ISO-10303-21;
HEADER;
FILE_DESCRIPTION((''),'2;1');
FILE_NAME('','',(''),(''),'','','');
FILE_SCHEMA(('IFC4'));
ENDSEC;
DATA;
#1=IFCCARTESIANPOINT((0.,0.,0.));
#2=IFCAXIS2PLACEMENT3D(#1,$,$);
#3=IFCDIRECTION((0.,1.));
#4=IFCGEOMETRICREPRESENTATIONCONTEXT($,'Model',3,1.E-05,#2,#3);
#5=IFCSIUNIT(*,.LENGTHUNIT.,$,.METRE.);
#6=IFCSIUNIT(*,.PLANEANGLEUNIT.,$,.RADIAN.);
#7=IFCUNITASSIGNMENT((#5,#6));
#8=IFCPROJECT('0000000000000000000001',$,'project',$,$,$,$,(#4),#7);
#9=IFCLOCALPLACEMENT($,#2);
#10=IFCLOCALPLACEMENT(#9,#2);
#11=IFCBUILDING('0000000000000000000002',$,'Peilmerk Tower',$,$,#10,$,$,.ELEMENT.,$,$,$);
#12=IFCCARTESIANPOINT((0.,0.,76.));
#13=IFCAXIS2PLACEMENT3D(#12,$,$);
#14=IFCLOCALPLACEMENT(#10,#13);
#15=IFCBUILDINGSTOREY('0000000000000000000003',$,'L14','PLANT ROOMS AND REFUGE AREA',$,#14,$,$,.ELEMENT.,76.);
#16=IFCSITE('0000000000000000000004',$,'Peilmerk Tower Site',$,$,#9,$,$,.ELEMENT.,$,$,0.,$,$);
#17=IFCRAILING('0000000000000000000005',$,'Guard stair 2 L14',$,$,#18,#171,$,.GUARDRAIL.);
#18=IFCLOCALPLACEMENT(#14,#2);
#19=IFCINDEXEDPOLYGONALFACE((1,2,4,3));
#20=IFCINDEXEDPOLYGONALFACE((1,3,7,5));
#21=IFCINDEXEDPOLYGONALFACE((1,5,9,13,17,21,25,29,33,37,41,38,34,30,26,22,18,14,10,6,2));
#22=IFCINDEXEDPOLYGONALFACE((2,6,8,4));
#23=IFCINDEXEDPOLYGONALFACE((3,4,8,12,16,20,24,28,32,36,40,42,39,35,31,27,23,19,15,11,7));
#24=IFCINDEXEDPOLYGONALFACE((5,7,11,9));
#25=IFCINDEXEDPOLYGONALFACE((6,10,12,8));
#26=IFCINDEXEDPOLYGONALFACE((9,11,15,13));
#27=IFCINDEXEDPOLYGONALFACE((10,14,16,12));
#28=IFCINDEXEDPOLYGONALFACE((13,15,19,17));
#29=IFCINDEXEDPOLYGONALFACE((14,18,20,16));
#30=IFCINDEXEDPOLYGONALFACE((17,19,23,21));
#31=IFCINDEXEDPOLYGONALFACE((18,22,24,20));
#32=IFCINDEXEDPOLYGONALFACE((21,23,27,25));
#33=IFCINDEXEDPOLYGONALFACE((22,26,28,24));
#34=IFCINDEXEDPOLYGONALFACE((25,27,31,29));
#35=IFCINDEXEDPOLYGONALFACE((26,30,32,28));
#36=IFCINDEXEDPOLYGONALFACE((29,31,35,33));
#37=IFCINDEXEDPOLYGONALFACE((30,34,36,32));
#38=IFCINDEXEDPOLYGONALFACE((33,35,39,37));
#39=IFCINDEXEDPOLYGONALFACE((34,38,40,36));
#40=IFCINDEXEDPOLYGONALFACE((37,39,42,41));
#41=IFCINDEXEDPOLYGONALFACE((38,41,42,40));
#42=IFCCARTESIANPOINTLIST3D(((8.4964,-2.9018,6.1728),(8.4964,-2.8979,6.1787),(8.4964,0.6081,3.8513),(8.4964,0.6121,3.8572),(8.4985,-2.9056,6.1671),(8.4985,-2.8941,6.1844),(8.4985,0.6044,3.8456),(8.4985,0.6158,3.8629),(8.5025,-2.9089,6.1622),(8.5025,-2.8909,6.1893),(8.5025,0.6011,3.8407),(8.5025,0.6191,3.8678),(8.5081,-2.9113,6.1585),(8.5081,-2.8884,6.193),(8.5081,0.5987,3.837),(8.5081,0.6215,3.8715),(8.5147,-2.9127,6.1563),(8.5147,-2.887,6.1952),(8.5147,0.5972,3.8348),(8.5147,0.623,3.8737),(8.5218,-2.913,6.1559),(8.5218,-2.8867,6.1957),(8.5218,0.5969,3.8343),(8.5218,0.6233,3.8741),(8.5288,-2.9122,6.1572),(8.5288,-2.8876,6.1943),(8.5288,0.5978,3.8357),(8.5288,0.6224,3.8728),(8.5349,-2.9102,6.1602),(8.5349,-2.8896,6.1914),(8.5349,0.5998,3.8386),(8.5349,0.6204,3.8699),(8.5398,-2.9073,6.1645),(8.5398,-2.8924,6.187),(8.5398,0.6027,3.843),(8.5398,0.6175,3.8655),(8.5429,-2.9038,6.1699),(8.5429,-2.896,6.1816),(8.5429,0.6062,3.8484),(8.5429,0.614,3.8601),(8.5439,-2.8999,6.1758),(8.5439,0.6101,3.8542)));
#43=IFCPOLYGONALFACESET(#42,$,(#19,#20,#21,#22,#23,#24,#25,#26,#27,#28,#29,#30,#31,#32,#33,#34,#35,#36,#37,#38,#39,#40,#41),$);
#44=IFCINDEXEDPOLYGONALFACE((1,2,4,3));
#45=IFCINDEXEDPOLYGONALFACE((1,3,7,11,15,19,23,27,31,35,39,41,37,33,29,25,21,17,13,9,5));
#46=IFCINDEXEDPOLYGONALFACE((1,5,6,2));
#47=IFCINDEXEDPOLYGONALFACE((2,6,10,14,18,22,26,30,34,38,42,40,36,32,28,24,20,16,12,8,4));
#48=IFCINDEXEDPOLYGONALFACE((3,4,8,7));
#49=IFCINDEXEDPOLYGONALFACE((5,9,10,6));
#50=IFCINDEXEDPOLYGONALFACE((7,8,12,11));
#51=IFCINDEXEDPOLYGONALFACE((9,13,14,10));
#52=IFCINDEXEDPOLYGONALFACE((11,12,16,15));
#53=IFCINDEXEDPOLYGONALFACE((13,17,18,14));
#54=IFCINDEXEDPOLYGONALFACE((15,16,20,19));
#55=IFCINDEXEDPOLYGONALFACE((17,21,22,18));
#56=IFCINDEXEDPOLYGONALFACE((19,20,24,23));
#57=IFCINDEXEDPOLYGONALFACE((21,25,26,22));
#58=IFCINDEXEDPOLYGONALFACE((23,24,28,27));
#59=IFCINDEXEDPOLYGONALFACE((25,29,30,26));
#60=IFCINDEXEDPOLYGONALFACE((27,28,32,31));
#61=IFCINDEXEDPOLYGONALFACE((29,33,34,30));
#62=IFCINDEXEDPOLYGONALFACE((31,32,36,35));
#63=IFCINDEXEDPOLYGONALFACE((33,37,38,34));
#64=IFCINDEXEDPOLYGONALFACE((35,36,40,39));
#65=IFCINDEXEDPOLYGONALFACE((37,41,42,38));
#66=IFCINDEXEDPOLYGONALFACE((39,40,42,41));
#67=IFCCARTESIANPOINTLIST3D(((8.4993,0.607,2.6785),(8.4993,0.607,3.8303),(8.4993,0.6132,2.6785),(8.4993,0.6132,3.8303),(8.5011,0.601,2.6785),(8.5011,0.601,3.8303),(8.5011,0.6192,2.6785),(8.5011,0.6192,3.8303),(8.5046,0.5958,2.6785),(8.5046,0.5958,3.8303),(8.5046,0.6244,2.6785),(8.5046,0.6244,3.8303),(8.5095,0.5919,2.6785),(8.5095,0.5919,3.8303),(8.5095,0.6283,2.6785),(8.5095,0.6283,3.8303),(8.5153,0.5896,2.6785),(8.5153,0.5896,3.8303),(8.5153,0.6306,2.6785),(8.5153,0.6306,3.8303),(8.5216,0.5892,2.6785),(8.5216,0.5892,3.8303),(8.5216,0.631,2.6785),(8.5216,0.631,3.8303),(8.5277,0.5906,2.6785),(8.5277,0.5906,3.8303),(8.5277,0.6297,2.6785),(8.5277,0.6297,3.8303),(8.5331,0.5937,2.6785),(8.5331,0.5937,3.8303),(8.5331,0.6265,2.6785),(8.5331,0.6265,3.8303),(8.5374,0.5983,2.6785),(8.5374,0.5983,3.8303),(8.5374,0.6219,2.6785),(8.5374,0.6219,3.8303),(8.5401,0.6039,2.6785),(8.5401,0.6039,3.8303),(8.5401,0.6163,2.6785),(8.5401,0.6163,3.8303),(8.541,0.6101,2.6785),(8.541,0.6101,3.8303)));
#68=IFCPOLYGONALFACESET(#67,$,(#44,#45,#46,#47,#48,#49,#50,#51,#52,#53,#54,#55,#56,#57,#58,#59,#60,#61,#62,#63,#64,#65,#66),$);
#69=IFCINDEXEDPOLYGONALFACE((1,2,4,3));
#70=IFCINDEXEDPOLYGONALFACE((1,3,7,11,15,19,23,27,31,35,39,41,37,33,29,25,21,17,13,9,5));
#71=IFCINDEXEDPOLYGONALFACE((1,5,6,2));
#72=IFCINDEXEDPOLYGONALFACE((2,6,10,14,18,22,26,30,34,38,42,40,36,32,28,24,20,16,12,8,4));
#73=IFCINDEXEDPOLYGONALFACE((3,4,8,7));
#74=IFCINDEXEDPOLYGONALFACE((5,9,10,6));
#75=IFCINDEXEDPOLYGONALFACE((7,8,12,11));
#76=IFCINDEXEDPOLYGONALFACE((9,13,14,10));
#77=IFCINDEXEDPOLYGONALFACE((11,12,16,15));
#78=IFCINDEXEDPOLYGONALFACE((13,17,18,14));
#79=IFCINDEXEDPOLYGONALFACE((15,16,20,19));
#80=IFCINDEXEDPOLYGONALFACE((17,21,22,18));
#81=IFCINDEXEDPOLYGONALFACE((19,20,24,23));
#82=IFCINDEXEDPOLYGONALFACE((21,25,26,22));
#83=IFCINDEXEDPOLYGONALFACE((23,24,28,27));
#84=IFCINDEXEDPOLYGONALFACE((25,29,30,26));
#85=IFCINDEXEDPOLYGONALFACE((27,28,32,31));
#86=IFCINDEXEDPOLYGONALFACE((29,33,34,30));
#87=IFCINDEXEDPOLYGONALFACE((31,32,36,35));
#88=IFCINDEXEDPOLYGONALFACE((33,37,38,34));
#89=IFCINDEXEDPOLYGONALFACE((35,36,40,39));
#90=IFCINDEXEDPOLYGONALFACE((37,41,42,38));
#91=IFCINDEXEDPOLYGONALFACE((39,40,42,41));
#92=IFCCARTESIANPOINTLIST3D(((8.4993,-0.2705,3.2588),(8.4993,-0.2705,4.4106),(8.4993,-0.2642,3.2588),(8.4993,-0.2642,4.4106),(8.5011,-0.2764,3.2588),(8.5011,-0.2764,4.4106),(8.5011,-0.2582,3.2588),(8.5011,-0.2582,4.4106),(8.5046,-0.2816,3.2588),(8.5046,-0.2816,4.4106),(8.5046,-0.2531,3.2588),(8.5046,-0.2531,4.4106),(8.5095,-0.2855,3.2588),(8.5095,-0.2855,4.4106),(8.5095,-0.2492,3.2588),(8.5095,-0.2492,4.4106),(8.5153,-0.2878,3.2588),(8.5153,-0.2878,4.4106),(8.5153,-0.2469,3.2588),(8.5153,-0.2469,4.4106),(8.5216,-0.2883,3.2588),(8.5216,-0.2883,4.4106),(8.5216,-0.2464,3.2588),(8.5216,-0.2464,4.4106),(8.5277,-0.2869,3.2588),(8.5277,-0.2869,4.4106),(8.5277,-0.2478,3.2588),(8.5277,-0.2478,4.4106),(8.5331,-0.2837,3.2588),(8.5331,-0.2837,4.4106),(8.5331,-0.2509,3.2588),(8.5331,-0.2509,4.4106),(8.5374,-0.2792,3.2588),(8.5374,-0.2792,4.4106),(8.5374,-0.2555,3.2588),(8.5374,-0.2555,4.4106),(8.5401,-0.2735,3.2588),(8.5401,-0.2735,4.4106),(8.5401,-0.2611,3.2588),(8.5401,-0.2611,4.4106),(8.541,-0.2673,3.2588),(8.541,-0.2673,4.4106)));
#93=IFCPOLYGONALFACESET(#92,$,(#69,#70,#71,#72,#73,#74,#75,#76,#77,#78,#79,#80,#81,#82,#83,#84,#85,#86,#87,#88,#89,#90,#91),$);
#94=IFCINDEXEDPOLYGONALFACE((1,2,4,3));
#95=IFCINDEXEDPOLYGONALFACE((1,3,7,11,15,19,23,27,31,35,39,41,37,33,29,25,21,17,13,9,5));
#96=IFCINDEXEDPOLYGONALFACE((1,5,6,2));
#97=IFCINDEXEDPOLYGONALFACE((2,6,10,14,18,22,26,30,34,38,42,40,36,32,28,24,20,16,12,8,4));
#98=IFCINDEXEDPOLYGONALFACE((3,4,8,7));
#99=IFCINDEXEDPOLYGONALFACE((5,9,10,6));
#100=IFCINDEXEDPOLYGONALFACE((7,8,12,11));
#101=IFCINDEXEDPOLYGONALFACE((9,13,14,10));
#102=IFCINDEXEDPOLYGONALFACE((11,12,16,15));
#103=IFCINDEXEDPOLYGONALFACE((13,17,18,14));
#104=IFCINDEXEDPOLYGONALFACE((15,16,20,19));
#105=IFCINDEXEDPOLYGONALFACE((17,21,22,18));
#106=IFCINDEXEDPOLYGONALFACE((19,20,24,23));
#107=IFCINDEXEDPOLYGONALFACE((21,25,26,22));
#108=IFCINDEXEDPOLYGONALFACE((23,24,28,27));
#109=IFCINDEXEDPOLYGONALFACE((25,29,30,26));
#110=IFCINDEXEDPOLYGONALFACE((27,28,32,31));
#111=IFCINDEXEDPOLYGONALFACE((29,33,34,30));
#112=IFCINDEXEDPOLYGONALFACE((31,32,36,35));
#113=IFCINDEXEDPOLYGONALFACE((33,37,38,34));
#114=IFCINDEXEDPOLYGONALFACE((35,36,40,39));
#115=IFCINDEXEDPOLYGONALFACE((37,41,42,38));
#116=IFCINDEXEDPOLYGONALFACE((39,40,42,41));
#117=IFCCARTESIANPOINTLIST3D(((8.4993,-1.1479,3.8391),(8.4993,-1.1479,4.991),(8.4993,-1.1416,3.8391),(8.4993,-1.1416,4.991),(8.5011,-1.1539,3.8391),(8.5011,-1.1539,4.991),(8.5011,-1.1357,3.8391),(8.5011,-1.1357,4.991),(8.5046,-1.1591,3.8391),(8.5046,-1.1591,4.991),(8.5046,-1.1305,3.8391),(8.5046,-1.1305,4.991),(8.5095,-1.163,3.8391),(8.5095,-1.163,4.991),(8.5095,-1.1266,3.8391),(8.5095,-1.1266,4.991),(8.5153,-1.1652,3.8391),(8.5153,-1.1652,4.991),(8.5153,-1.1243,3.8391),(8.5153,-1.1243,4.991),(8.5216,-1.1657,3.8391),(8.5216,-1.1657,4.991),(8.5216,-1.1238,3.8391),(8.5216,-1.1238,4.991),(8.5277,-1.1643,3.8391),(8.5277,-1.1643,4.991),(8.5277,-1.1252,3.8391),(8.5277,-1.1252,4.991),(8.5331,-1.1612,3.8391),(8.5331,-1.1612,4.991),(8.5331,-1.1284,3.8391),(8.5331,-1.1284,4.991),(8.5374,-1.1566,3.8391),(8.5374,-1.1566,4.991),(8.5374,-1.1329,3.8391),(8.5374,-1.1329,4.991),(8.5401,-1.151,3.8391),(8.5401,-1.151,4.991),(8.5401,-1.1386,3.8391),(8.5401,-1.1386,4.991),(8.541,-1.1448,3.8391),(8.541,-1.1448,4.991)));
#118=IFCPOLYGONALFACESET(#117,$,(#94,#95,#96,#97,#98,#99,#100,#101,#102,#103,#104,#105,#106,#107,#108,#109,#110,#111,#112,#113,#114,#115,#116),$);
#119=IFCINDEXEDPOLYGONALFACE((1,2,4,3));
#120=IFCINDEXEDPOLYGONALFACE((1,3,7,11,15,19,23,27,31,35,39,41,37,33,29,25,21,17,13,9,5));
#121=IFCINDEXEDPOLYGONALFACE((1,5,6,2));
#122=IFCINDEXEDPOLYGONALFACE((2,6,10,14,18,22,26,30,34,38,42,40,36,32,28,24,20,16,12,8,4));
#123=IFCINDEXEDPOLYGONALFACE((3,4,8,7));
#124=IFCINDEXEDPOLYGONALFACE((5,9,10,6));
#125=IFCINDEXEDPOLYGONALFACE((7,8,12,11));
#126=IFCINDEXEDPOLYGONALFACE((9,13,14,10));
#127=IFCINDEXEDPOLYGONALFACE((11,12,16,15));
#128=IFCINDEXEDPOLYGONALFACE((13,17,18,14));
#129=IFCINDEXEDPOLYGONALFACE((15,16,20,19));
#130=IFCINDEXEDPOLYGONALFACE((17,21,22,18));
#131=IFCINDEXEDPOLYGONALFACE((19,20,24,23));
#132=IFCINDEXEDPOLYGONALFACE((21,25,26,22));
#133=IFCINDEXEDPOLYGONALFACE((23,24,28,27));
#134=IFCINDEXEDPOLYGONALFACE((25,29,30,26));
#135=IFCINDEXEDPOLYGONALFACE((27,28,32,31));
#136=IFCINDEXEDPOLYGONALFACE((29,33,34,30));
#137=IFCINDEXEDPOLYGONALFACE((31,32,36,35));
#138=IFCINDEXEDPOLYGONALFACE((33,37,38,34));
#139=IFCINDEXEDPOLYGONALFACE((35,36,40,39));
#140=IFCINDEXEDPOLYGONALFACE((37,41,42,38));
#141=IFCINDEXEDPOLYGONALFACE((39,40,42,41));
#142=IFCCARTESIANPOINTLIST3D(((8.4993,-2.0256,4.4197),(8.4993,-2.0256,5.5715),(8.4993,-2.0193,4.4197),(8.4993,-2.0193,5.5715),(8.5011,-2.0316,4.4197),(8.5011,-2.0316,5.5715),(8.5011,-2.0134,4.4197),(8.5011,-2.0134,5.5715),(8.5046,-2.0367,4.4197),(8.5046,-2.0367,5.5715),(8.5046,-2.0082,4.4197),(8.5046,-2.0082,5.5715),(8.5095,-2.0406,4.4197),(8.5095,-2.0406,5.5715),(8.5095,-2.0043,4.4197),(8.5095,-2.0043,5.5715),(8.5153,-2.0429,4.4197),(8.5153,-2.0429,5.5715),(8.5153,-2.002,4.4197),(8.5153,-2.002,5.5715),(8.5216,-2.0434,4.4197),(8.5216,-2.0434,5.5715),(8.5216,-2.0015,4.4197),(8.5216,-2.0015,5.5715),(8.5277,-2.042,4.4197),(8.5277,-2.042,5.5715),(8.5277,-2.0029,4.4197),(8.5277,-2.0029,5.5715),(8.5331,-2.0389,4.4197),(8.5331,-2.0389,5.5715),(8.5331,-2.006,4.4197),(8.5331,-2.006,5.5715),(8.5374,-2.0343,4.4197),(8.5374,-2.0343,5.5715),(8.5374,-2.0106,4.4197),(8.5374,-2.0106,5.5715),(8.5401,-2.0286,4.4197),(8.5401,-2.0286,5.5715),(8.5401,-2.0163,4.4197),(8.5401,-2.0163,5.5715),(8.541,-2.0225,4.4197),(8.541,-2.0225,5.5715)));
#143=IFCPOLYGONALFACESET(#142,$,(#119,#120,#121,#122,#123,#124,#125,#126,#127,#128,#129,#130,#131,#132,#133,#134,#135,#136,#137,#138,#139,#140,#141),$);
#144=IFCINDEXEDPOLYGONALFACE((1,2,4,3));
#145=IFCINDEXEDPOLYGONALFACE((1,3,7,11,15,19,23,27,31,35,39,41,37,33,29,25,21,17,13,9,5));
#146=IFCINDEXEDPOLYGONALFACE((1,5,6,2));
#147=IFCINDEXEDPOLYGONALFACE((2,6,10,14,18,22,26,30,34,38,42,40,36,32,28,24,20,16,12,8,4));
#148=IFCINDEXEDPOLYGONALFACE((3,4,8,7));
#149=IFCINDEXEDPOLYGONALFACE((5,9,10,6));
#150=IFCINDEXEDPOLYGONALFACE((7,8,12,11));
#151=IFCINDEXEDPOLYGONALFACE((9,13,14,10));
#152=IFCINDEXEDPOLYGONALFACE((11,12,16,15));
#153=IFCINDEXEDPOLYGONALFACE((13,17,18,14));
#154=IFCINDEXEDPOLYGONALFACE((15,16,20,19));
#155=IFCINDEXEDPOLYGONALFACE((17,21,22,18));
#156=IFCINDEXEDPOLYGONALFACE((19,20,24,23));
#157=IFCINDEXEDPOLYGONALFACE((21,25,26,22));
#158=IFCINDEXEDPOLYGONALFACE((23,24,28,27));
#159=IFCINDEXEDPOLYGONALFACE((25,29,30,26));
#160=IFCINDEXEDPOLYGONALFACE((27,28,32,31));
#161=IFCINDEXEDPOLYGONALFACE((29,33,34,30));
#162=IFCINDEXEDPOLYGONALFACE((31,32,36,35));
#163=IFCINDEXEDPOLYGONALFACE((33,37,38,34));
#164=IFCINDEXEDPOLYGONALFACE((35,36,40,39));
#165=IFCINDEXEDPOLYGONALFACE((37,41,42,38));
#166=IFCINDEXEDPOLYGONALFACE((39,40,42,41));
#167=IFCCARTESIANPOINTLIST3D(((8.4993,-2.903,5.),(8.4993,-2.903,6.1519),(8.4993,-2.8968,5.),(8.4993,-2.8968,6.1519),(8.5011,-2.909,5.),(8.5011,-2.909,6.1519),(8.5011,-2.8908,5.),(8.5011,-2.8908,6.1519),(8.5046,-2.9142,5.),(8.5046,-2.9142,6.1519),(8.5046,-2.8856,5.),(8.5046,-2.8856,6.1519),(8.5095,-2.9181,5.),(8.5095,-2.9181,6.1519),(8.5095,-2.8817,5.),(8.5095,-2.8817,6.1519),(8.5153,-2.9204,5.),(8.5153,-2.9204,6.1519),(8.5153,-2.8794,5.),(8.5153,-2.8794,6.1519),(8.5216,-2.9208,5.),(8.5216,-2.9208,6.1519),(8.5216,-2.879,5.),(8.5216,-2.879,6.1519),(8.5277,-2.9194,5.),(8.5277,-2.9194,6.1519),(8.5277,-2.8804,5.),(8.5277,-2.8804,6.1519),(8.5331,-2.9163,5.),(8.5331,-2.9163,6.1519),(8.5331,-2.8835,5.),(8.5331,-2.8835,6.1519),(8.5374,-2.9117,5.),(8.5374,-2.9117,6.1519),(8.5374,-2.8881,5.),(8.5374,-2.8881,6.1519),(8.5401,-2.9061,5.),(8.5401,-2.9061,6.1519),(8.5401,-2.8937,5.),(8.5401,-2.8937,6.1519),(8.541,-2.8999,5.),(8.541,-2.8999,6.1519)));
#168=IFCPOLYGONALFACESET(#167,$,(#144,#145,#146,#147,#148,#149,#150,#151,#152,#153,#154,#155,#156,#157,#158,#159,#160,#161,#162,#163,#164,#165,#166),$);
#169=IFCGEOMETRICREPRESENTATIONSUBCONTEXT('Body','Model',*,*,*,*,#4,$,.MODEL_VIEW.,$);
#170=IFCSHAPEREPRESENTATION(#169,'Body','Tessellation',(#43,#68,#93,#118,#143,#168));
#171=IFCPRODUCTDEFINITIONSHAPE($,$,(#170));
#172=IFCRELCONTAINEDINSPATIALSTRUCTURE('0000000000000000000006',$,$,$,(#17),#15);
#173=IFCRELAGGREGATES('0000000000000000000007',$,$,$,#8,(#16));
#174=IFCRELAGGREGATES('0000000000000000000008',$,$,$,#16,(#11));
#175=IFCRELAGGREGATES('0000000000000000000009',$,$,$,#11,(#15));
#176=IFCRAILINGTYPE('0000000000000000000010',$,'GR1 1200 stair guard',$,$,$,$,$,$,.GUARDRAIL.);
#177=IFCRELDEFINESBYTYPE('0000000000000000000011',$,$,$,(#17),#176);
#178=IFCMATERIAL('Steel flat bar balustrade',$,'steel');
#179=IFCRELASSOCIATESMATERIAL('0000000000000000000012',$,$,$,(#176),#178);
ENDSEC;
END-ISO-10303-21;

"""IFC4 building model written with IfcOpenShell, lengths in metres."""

from ifc_helpers import new_model, si_unit, direction, frame, origin, origin_2d, place, context, subcontext, project, spatial, circle, extrude, material, type_object, element, save


model = new_model("IFC4")

# Units and contexts
model_context = context("Model", 3, precision=1e-05, world=origin(), true_north=direction((0.0, 1.0)))
body_context = subcontext(model_context, "Body", "Model", "MODEL_VIEW")
ifc_project = project(units=[si_unit("LENGTHUNIT", "METRE"), si_unit("PLANEANGLEUNIT", "RADIAN")], contexts=[model_context])

# Site, building, storey
site_placement = place(None, origin())
site = spatial("IfcSite", under=ifc_project, at=site_placement, Name="Peilmerk Tower Site", CompositionType="ELEMENT", RefElevation=0.0)
building_placement = place(site_placement, origin())
building = spatial("IfcBuilding", under=site, at=building_placement, Name="Peilmerk Tower", CompositionType="ELEMENT")
storey_placement = place(building_placement, frame((0.0, 0.0, 76.0)))
storey = spatial("IfcBuildingStorey", under=building, at=storey_placement, Name="L14", Description="PLANT ROOMS AND REFUGE AREA", CompositionType="ELEMENT", Elevation=76.0)

# Railing
ifc_material_1 = material(Name="Steel flat bar balustrade", Category="steel")
railing_type_1 = type_object("IfcRailingType", Name="GR1 1200 stair guard", PredefinedType="GUARDRAIL", material=ifc_material_1)
railing_1_placement = place(storey_placement, frame((8.52, 0.6101, 2.6785)))
element("IfcRailing", 1, at=railing_1_placement, inside=storey, type_object=railing_type_1, Name="Guard stair 2 L14", PredefinedType="GUARDRAIL", context=body_context, shape_type="SweptSolid", body=[
    extrude(circle(Radius=0.0239, at=origin_2d()), frame((0.0, 0.0, 1.1758), z_axis=(0.0, -0.834071, 0.551657), x_axis=(1.0, 0.0, 0.0)), (0.0, 0.0, 1.0), 4.2083),
    extrude(circle(Radius=0.021, at=origin_2d()), origin(), (0.0, 0.0, 1.0), 1.1519),
    extrude(circle(Radius=0.021, at=origin_2d()), frame((0.0, -0.8774, 0.5803)), (0.0, 0.0, 1.0), 1.1519),
    extrude(circle(Radius=0.021, at=origin_2d()), frame((0.0, -1.7549, 1.1606)), (0.0, 0.0, 1.0), 1.1519),
    extrude(circle(Radius=0.021, at=origin_2d()), frame((0.0, -2.6326, 1.7412)), (0.0, 0.0, 1.0), 1.1519),
    extrude(circle(Radius=0.021, at=origin_2d()), frame((0.0, -3.51, 2.3215)), (0.0, 0.0, 1.0), 1.1519),
])

save(model, "model.ifc")
